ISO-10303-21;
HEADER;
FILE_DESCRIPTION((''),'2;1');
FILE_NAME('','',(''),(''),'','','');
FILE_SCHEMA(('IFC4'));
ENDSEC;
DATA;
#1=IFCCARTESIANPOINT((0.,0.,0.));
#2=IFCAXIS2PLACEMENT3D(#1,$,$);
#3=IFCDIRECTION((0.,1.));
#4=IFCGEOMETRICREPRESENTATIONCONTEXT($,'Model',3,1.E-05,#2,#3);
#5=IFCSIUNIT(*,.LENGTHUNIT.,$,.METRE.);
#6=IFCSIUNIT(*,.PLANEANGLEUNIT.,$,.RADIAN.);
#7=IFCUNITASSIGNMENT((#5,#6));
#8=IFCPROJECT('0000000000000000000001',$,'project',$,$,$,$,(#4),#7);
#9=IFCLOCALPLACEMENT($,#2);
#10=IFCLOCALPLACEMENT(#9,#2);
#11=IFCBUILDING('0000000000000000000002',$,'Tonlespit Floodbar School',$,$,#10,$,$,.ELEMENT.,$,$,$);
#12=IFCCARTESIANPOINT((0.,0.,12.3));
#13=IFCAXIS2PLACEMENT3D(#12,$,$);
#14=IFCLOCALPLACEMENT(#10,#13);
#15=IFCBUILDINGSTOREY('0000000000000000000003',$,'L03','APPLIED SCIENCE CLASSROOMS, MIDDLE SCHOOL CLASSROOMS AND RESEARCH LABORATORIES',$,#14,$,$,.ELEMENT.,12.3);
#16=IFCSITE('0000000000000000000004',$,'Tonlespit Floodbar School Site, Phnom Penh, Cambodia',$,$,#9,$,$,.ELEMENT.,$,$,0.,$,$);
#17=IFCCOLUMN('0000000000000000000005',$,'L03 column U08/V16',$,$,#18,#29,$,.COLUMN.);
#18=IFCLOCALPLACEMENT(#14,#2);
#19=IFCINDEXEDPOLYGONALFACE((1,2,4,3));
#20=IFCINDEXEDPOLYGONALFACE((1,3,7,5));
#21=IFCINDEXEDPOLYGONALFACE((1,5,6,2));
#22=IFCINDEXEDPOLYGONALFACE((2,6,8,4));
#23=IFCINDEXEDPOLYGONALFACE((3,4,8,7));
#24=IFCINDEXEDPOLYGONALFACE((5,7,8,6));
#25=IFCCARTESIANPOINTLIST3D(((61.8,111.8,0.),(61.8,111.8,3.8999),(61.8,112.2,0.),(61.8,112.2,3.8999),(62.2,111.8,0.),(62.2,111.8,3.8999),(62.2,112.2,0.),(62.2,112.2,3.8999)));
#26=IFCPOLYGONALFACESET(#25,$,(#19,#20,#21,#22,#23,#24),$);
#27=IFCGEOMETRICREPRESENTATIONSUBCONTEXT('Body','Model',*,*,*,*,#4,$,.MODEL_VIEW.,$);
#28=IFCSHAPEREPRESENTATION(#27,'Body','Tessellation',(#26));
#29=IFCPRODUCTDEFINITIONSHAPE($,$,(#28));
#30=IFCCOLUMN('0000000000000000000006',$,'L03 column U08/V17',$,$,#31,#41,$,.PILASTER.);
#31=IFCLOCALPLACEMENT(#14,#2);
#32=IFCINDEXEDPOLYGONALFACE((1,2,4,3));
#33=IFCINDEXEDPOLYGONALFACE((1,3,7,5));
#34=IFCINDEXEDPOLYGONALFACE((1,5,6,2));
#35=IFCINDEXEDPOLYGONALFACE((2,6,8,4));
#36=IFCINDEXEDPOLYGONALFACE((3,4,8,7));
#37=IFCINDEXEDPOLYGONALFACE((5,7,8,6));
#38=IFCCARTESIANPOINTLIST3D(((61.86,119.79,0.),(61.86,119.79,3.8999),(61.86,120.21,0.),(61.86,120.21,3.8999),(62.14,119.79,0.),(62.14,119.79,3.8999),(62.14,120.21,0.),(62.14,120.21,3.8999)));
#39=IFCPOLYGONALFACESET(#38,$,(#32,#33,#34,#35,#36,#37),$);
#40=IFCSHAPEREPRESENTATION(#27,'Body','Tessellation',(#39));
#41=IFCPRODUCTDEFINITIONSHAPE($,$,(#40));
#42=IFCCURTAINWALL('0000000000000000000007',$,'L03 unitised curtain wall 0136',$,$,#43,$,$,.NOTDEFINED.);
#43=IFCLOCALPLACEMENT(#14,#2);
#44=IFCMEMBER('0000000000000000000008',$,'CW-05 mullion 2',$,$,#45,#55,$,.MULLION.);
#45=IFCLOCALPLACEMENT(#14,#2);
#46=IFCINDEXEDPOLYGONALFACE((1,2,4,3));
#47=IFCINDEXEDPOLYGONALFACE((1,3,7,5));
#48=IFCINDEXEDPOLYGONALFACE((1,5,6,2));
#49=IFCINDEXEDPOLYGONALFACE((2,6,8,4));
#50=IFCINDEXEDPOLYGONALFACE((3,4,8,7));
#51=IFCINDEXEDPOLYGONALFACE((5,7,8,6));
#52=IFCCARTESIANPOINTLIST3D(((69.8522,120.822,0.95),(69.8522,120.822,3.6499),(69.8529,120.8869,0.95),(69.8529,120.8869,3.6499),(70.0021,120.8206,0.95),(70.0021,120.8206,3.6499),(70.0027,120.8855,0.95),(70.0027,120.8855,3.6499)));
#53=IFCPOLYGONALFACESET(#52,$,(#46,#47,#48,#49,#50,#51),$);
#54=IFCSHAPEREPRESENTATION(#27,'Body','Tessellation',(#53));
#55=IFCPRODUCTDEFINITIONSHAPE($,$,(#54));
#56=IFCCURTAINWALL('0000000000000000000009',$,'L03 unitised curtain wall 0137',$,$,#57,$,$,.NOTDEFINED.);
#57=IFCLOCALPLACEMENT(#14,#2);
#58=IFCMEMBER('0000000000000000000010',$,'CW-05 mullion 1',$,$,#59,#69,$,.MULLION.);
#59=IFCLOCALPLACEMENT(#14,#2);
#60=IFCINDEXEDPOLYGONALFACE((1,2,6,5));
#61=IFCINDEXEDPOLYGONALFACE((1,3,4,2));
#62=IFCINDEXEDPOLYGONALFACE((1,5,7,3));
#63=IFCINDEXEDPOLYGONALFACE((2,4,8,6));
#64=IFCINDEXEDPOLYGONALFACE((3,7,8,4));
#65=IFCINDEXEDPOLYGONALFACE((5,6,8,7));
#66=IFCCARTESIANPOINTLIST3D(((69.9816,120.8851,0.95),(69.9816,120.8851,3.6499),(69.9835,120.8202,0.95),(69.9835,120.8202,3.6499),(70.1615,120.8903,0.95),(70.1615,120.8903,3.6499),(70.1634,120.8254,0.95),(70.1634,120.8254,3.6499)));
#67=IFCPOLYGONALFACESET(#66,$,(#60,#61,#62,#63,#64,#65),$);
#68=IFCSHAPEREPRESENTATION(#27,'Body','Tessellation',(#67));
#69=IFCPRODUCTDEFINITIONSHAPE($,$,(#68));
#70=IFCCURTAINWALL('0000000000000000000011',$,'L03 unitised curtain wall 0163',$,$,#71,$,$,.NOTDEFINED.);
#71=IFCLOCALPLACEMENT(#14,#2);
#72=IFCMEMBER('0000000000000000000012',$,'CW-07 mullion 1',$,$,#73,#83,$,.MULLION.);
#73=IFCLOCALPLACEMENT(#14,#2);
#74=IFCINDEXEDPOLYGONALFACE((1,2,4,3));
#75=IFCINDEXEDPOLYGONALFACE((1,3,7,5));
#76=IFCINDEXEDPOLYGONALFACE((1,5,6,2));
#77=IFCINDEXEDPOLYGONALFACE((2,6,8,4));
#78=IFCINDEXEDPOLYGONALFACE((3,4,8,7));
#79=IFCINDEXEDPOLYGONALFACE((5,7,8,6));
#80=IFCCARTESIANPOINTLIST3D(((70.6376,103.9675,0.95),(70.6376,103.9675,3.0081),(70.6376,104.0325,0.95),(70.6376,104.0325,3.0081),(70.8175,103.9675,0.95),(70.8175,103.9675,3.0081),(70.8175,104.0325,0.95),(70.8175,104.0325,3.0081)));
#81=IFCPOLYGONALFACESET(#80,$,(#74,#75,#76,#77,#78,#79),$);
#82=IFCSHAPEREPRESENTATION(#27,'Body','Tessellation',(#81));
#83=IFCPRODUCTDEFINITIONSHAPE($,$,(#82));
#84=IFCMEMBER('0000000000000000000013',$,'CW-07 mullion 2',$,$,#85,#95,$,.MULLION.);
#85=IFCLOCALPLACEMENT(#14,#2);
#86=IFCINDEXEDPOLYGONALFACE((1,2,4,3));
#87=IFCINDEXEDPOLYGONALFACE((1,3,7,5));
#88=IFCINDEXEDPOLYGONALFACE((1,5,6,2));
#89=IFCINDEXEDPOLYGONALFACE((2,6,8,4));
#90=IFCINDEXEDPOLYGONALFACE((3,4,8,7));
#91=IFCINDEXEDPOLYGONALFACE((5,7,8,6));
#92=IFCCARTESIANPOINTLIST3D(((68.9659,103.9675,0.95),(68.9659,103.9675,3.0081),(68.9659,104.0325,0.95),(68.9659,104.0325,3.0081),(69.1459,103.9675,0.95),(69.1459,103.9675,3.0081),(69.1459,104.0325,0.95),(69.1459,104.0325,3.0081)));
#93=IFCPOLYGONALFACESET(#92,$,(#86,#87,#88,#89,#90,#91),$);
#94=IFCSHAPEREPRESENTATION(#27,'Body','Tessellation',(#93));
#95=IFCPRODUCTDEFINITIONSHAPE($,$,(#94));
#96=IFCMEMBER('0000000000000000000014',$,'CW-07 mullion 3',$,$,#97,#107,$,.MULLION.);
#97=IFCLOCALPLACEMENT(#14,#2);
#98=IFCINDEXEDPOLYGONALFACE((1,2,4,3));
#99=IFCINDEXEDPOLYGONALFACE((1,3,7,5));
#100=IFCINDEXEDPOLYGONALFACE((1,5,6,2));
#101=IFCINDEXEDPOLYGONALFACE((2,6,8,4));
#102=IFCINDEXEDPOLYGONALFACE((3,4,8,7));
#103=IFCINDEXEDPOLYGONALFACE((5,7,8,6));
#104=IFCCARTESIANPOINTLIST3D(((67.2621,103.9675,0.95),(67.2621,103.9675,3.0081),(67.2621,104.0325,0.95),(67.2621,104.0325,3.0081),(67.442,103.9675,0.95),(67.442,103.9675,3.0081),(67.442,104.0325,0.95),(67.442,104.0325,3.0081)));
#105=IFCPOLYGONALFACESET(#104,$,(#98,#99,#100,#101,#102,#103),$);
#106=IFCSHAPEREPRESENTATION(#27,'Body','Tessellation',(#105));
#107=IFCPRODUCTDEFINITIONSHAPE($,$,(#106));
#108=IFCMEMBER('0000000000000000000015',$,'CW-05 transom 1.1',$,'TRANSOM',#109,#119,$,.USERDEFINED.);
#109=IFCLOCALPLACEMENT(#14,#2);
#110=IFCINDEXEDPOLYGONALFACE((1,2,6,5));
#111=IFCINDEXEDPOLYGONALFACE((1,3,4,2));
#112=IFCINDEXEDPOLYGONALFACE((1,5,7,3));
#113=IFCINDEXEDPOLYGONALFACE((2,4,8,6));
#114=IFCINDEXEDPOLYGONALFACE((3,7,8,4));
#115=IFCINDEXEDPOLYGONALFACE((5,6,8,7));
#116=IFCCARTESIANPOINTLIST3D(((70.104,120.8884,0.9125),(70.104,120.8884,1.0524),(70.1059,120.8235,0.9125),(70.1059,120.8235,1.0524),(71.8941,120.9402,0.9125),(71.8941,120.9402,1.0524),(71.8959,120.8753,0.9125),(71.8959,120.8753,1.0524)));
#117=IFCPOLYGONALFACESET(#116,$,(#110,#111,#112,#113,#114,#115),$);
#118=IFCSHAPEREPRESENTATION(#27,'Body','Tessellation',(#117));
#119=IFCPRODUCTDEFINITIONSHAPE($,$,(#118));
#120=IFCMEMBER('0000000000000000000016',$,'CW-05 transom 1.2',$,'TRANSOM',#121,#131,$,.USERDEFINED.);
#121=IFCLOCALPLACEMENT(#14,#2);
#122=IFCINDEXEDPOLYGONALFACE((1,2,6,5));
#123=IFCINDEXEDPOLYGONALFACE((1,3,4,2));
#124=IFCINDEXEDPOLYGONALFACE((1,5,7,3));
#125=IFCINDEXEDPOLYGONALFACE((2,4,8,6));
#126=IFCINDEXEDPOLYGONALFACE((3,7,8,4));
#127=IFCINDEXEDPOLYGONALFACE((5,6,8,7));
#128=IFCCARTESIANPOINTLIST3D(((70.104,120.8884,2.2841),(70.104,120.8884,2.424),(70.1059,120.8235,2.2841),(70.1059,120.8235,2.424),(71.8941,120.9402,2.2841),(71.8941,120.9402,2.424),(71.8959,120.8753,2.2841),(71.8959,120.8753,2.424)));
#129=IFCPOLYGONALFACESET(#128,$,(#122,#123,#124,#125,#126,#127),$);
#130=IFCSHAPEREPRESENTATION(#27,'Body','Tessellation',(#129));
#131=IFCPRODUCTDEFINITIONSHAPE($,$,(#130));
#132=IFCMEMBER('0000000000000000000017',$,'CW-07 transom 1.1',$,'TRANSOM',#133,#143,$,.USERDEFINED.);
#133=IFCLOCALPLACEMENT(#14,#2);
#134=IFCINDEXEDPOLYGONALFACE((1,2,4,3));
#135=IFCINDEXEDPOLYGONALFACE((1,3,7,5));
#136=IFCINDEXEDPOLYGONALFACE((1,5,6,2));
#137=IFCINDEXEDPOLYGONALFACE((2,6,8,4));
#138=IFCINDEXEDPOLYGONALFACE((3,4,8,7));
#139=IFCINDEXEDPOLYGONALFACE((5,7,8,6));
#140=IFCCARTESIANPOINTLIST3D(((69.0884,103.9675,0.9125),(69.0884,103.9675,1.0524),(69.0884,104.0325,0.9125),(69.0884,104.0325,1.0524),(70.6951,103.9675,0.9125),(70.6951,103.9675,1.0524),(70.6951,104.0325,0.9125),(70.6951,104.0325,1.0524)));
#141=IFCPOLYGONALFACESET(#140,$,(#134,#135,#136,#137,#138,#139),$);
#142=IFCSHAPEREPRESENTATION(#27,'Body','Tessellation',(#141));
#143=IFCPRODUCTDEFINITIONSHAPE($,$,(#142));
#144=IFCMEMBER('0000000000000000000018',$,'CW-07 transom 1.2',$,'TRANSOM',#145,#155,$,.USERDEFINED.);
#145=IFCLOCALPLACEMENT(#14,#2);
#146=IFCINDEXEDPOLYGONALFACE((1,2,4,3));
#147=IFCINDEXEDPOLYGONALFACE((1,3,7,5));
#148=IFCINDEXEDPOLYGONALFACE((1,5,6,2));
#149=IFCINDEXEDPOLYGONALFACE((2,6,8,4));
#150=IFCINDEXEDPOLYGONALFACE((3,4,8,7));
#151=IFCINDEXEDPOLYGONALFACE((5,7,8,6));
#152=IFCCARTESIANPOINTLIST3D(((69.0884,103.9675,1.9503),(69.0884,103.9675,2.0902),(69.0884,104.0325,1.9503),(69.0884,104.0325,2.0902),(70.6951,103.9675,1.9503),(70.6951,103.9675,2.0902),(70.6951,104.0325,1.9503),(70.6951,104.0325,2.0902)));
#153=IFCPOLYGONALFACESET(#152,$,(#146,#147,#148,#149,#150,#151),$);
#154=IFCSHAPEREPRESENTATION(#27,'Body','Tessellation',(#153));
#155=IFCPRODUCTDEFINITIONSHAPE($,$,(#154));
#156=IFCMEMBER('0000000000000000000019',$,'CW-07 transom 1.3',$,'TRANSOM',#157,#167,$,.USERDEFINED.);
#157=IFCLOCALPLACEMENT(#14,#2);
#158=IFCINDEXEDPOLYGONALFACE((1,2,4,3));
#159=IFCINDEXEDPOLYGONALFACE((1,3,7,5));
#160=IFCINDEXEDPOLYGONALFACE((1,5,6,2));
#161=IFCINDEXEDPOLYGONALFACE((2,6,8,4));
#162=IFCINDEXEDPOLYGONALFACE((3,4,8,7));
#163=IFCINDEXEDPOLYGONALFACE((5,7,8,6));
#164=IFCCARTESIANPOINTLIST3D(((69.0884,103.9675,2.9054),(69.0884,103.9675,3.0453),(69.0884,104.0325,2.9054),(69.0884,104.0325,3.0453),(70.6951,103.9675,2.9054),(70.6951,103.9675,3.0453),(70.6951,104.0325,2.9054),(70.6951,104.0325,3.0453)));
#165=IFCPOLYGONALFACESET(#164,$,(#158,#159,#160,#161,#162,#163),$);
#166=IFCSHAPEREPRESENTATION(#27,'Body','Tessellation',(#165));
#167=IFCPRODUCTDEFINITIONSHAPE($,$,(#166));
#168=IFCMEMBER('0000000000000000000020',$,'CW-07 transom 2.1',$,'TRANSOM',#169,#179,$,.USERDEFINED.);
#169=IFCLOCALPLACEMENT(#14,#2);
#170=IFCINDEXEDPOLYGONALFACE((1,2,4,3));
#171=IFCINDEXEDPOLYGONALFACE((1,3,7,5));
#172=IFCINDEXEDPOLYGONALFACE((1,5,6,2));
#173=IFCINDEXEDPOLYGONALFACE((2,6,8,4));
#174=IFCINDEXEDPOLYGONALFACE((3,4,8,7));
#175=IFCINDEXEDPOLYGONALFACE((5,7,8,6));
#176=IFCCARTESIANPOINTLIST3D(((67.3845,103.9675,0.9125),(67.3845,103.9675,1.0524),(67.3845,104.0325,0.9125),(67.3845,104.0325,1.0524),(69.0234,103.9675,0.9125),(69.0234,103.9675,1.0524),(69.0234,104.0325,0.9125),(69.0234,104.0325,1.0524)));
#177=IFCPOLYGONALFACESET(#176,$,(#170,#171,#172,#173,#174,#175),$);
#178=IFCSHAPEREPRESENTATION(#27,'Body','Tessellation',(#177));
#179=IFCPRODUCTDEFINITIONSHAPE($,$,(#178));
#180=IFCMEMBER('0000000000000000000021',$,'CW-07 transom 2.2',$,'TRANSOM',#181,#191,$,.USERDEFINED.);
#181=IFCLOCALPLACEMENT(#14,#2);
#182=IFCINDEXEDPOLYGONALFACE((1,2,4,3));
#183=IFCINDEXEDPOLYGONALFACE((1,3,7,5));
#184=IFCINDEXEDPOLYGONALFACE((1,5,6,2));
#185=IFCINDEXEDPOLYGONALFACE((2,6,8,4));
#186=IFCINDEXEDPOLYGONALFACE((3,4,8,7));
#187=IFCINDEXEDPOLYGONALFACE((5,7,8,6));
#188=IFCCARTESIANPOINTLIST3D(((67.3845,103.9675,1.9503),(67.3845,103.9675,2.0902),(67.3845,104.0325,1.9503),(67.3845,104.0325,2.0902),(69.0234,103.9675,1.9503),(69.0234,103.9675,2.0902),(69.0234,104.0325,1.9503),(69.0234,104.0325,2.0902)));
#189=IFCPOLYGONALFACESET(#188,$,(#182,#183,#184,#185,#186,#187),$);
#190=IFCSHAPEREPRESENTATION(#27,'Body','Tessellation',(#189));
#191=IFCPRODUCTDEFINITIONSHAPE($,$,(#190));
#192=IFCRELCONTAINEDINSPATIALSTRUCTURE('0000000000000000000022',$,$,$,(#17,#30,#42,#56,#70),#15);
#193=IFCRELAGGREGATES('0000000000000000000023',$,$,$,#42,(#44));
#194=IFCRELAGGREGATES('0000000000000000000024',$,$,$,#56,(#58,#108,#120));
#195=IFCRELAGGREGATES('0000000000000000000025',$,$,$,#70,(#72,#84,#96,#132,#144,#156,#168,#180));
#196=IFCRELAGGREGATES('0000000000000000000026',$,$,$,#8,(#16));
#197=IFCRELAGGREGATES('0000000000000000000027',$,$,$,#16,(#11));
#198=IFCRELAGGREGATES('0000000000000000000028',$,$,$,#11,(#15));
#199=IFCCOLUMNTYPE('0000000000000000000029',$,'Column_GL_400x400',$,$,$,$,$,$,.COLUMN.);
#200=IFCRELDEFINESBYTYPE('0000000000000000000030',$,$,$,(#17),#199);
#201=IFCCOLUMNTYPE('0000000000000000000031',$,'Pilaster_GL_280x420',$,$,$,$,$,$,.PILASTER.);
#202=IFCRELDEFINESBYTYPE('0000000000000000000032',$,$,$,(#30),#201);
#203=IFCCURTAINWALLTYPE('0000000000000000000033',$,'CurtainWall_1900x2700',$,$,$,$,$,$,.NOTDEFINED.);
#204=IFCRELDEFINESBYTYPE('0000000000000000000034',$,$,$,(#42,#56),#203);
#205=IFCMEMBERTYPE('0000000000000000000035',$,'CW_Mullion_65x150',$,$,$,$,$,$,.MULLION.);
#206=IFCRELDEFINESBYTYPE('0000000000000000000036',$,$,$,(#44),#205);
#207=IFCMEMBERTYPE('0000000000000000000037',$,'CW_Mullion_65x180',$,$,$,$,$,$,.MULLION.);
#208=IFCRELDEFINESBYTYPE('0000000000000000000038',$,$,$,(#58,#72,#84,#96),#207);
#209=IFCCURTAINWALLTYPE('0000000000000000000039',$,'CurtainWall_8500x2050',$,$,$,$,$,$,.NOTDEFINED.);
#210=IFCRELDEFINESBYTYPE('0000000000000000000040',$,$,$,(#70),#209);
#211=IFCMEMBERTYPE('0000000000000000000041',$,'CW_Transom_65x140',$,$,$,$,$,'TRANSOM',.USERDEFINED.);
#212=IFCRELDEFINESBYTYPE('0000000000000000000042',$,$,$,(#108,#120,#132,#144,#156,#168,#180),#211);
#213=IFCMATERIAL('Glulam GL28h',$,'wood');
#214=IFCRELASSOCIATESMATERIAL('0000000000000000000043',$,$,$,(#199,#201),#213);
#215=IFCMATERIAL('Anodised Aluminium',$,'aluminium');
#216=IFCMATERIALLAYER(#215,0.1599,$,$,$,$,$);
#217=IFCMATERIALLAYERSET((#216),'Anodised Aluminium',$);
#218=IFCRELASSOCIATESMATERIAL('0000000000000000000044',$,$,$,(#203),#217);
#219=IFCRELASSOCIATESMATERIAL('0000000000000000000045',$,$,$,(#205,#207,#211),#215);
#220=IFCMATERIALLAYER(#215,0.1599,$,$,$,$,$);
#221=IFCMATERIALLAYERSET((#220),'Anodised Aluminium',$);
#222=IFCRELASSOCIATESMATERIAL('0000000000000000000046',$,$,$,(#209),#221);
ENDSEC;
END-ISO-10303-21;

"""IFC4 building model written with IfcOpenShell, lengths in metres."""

from ifc_helpers import new_model, si_unit, direction, frame, origin, origin_2d, place, context, subcontext, project, spatial, rectangle, extrude, material, layer, layer_set, material_profile, profile_set, type_object, element, aggregate, save


model = new_model("IFC4")

# Units and contexts
model_context = context("Model", 3, precision=1e-05, world=origin(), true_north=direction((0.0, 1.0)))
body_context = subcontext(model_context, "Body", "Model", "MODEL_VIEW")
ifc_project = project(units=[si_unit("LENGTHUNIT", "METRE"), si_unit("PLANEANGLEUNIT", "RADIAN")], contexts=[model_context])

# Site, building, storey
site_placement = place(None, origin())
site = spatial("IfcSite", under=ifc_project, at=site_placement, Name="Tonlespit Floodbar School Site, Phnom Penh, Cambodia", CompositionType="ELEMENT", RefElevation=0.0)
building_placement = place(site_placement, origin())
building = spatial("IfcBuilding", under=site, at=building_placement, Name="Tonlespit Floodbar School", CompositionType="ELEMENT")
storey_placement = place(building_placement, frame((0.0, 0.0, 12.3)))
storey = spatial("IfcBuildingStorey", under=building, at=storey_placement, Name="L03", Description="APPLIED SCIENCE CLASSROOMS, MIDDLE SCHOOL CLASSROOMS AND RESEARCH LABORATORIES", CompositionType="ELEMENT", Elevation=12.3)

# Columns
ifc_material_1 = material(Name="Glulam GL28h", Category="wood")
ifc_material_profile_1 = material_profile(ifc_material_1, rectangle(XDim=0.3999, YDim=0.3999, at=origin_2d()), Name="GL 400x400")
ifc_profile_set_1 = profile_set([ifc_material_profile_1], Name="Glulam GL28h")
column_type_1 = type_object("IfcColumnType", Name="Column_GL_400x400", PredefinedType="COLUMN", material=ifc_profile_set_1)
column_1_placement = place(storey_placement, frame((62.0, 112.0, 0.0), z_axis=(0.0, 0.0, 1.0), x_axis=(1.0, 0.0, 0.0)))
element("IfcColumn", 1, at=column_1_placement, inside=storey, type_object=column_type_1, Name="L03 column U08/V16", PredefinedType="COLUMN", context=body_context, shape_type="SweptSolid", body=[
    extrude(rectangle(XDim=0.3999, YDim=0.3999, at=origin_2d()), origin(), (0.0, 0.0, 1.0), 3.8999),
])
ifc_material_profile_2 = material_profile(ifc_material_1, rectangle(XDim=0.28, YDim=0.4199, at=origin_2d()), Name="GL 280x420")
ifc_profile_set_2 = profile_set([ifc_material_profile_2], Name="Glulam GL28h")
column_type_2 = type_object("IfcColumnType", Name="Pilaster_GL_280x420", PredefinedType="PILASTER", material=ifc_profile_set_2)
column_2_placement = place(storey_placement, frame((62.0, 120.0, 0.0), z_axis=(0.0, 0.0, 1.0), x_axis=(1.0, 0.0, 0.0)))
element("IfcColumn", 2, at=column_2_placement, inside=storey, type_object=column_type_2, Name="L03 column U08/V17", PredefinedType="PILASTER", context=body_context, shape_type="SweptSolid", body=[
    extrude(rectangle(XDim=0.28, YDim=0.4199, at=origin_2d()), origin(), (0.0, 0.0, 1.0), 3.8999),
])

# Curtain walls, members
ifc_material_2 = material(Name="Anodised Aluminium", Category="aluminium")
ifc_layer_1 = layer(ifc_material_2, 0.1599)
ifc_layer_set_1 = layer_set([ifc_layer_1], Name="Anodised Aluminium")
curtain_wall_type_1 = type_object("IfcCurtainWallType", Name="CurtainWall_1900x2700", PredefinedType="NOTDEFINED", material=ifc_layer_set_1)
curtain_wall_1_placement = place(storey_placement, origin())
curtain_wall_1 = element("IfcCurtainWall", 3, at=curtain_wall_1_placement, inside=storey, type_object=curtain_wall_type_1, Name="L03 unitised curtain wall 0136", PredefinedType="NOTDEFINED")
ifc_material_profile_3 = material_profile(ifc_material_2, rectangle(XDim=0.0649, YDim=0.1499, at=origin_2d()), Name="ALU M65x150")
ifc_profile_set_3 = profile_set([ifc_material_profile_3], Name="Anodised Aluminium")
member_type_1 = type_object("IfcMemberType", Name="CW_Mullion_65x150", PredefinedType="MULLION", material=ifc_profile_set_3)
member_1_placement = place(storey_placement, frame((69.9275, 120.8538, 0.95), z_axis=(0.0, 0.0, 1.0), x_axis=(0.009583, 0.999954, 0.0)))
member_1 = element("IfcMember", 4, at=member_1_placement, type_object=member_type_1, Name="CW-05 mullion 2", PredefinedType="MULLION", context=body_context, shape_type="SweptSolid", body=[
    extrude(rectangle(XDim=0.0649, YDim=0.1499, at=origin_2d()), origin(), (0.0, 0.0, 1.0), 2.7),
])
aggregate(curtain_wall_1, [member_1])
curtain_wall_2_placement = place(storey_placement, origin())
curtain_wall_2 = element("IfcCurtainWall", 5, at=curtain_wall_2_placement, inside=storey, type_object=curtain_wall_type_1, Name="L03 unitised curtain wall 0137", PredefinedType="NOTDEFINED")
ifc_material_profile_4 = material_profile(ifc_material_2, rectangle(XDim=0.0649, YDim=0.1799, at=origin_2d()), Name="ALU M65x180")
ifc_profile_set_4 = profile_set([ifc_material_profile_4], Name="Anodised Aluminium")
member_type_2 = type_object("IfcMemberType", Name="CW_Mullion_65x180", PredefinedType="MULLION", material=ifc_profile_set_4)
member_2_placement = place(storey_placement, frame((70.0725, 120.8552, 0.95), z_axis=(0.0, 0.0, 1.0), x_axis=(-0.02879, 0.999585, 0.0)))
member_2 = element("IfcMember", 6, at=member_2_placement, type_object=member_type_2, Name="CW-05 mullion 1", PredefinedType="MULLION", context=body_context, shape_type="SweptSolid", body=[
    extrude(rectangle(XDim=0.0649, YDim=0.1799, at=origin_2d()), origin(), (0.0, 0.0, 1.0), 2.7),
])

# Curtain wall, members
ifc_layer_2 = layer(ifc_material_2, 0.1599)
ifc_layer_set_2 = layer_set([ifc_layer_2], Name="Anodised Aluminium")
curtain_wall_type_2 = type_object("IfcCurtainWallType", Name="CurtainWall_8500x2050", PredefinedType="NOTDEFINED", material=ifc_layer_set_2)
curtain_wall_3_placement = place(storey_placement, origin())
curtain_wall_3 = element("IfcCurtainWall", 7, at=curtain_wall_3_placement, inside=storey, type_object=curtain_wall_type_2, Name="L03 unitised curtain wall 0163", PredefinedType="NOTDEFINED")
member_3_placement = place(storey_placement, frame((70.7275, 104.0, 0.95), z_axis=(0.0, 0.0, 1.0), x_axis=(0.0, -1.0, 0.0)))
member_3 = element("IfcMember", 8, at=member_3_placement, type_object=member_type_2, Name="CW-07 mullion 1", PredefinedType="MULLION", context=body_context, shape_type="SweptSolid", body=[
    extrude(rectangle(XDim=0.0649, YDim=0.1799, at=origin_2d()), origin(), (0.0, 0.0, 1.0), 2.0581),
])
member_4_placement = place(storey_placement, frame((69.0559, 104.0, 0.95), z_axis=(0.0, 0.0, 1.0), x_axis=(0.0, -1.0, 0.0)))
member_4 = element("IfcMember", 9, at=member_4_placement, type_object=member_type_2, Name="CW-07 mullion 2", PredefinedType="MULLION", context=body_context, shape_type="SweptSolid", body=[
    extrude(rectangle(XDim=0.0649, YDim=0.1799, at=origin_2d()), origin(), (0.0, 0.0, 1.0), 2.0581),
])
member_5_placement = place(storey_placement, frame((67.3521, 104.0, 0.95), z_axis=(0.0, 0.0, 1.0), x_axis=(0.0, -1.0, 0.0)))
member_5 = element("IfcMember", 10, at=member_5_placement, type_object=member_type_2, Name="CW-07 mullion 3", PredefinedType="MULLION", context=body_context, shape_type="SweptSolid", body=[
    extrude(rectangle(XDim=0.0649, YDim=0.1799, at=origin_2d()), origin(), (0.0, 0.0, 1.0), 2.0581),
])

# Members
ifc_material_profile_5 = material_profile(ifc_material_2, rectangle(XDim=0.0649, YDim=0.1399, at=origin_2d()), Name="ALU T65x140")
ifc_profile_set_5 = profile_set([ifc_material_profile_5], Name="Anodised Aluminium")
member_type_3 = type_object("IfcMemberType", Name="CW_Transom_65x140", ElementType="TRANSOM", PredefinedType="USERDEFINED", material=ifc_profile_set_5)
member_6_placement = place(storey_placement, frame((70.105, 120.856, 0.9824), z_axis=(0.999582, 0.028902, 0.0), x_axis=(-0.028902, 0.999582, 0.0)))
member_6 = element("IfcMember", 11, at=member_6_placement, type_object=member_type_3, Name="CW-05 transom 1.1", ObjectType="TRANSOM", PredefinedType="USERDEFINED", context=body_context, shape_type="SweptSolid", body=[
    extrude(rectangle(XDim=0.0649, YDim=0.1399, at=origin_2d()), origin(), (0.0, 0.0, 1.0), 1.7908),
])
member_7_placement = place(storey_placement, frame((70.105, 120.856, 2.354), z_axis=(0.999582, 0.028902, 0.0), x_axis=(-0.028902, 0.999582, 0.0)))
member_7 = element("IfcMember", 12, at=member_7_placement, type_object=member_type_3, Name="CW-05 transom 1.2", ObjectType="TRANSOM", PredefinedType="USERDEFINED", context=body_context, shape_type="SweptSolid", body=[
    extrude(rectangle(XDim=0.0649, YDim=0.1399, at=origin_2d()), origin(), (0.0, 0.0, 1.0), 1.7908),
])
aggregate(curtain_wall_2, [member_2, member_6, member_7])
member_8_placement = place(storey_placement, frame((70.6951, 104.0, 0.9824), z_axis=(-1.0, 0.0, 0.0), x_axis=(0.0, -1.0, 0.0)))
member_8 = element("IfcMember", 13, at=member_8_placement, type_object=member_type_3, Name="CW-07 transom 1.1", ObjectType="TRANSOM", PredefinedType="USERDEFINED", context=body_context, shape_type="SweptSolid", body=[
    extrude(rectangle(XDim=0.0649, YDim=0.1399, at=origin_2d()), origin(), (0.0, 0.0, 1.0), 1.6067),
])
member_9_placement = place(storey_placement, frame((70.6951, 104.0, 2.0203), z_axis=(-1.0, 0.0, 0.0), x_axis=(0.0, -1.0, 0.0)))
member_9 = element("IfcMember", 14, at=member_9_placement, type_object=member_type_3, Name="CW-07 transom 1.2", ObjectType="TRANSOM", PredefinedType="USERDEFINED", context=body_context, shape_type="SweptSolid", body=[
    extrude(rectangle(XDim=0.0649, YDim=0.1399, at=origin_2d()), origin(), (0.0, 0.0, 1.0), 1.6067),
])
member_10_placement = place(storey_placement, frame((70.6951, 104.0, 2.9753), z_axis=(-1.0, 0.0, 0.0), x_axis=(0.0, -1.0, 0.0)))
member_10 = element("IfcMember", 15, at=member_10_placement, type_object=member_type_3, Name="CW-07 transom 1.3", ObjectType="TRANSOM", PredefinedType="USERDEFINED", context=body_context, shape_type="SweptSolid", body=[
    extrude(rectangle(XDim=0.0649, YDim=0.1399, at=origin_2d()), origin(), (0.0, 0.0, 1.0), 1.6067),
])
member_11_placement = place(storey_placement, frame((69.0234, 104.0, 0.9824), z_axis=(-1.0, 0.0, 0.0), x_axis=(0.0, -1.0, 0.0)))
member_11 = element("IfcMember", 16, at=member_11_placement, type_object=member_type_3, Name="CW-07 transom 2.1", ObjectType="TRANSOM", PredefinedType="USERDEFINED", context=body_context, shape_type="SweptSolid", body=[
    extrude(rectangle(XDim=0.0649, YDim=0.1399, at=origin_2d()), origin(), (0.0, 0.0, 1.0), 1.6389),
])
member_12_placement = place(storey_placement, frame((69.0234, 104.0, 2.0203), z_axis=(-1.0, 0.0, 0.0), x_axis=(0.0, -1.0, 0.0)))
member_12 = element("IfcMember", 17, at=member_12_placement, type_object=member_type_3, Name="CW-07 transom 2.2", ObjectType="TRANSOM", PredefinedType="USERDEFINED", context=body_context, shape_type="SweptSolid", body=[
    extrude(rectangle(XDim=0.0649, YDim=0.1399, at=origin_2d()), origin(), (0.0, 0.0, 1.0), 1.6389),
])

aggregate(curtain_wall_3, [member_3, member_4, member_5, member_8, member_9, member_10, member_11, member_12])

save(model, "model.ifc")
